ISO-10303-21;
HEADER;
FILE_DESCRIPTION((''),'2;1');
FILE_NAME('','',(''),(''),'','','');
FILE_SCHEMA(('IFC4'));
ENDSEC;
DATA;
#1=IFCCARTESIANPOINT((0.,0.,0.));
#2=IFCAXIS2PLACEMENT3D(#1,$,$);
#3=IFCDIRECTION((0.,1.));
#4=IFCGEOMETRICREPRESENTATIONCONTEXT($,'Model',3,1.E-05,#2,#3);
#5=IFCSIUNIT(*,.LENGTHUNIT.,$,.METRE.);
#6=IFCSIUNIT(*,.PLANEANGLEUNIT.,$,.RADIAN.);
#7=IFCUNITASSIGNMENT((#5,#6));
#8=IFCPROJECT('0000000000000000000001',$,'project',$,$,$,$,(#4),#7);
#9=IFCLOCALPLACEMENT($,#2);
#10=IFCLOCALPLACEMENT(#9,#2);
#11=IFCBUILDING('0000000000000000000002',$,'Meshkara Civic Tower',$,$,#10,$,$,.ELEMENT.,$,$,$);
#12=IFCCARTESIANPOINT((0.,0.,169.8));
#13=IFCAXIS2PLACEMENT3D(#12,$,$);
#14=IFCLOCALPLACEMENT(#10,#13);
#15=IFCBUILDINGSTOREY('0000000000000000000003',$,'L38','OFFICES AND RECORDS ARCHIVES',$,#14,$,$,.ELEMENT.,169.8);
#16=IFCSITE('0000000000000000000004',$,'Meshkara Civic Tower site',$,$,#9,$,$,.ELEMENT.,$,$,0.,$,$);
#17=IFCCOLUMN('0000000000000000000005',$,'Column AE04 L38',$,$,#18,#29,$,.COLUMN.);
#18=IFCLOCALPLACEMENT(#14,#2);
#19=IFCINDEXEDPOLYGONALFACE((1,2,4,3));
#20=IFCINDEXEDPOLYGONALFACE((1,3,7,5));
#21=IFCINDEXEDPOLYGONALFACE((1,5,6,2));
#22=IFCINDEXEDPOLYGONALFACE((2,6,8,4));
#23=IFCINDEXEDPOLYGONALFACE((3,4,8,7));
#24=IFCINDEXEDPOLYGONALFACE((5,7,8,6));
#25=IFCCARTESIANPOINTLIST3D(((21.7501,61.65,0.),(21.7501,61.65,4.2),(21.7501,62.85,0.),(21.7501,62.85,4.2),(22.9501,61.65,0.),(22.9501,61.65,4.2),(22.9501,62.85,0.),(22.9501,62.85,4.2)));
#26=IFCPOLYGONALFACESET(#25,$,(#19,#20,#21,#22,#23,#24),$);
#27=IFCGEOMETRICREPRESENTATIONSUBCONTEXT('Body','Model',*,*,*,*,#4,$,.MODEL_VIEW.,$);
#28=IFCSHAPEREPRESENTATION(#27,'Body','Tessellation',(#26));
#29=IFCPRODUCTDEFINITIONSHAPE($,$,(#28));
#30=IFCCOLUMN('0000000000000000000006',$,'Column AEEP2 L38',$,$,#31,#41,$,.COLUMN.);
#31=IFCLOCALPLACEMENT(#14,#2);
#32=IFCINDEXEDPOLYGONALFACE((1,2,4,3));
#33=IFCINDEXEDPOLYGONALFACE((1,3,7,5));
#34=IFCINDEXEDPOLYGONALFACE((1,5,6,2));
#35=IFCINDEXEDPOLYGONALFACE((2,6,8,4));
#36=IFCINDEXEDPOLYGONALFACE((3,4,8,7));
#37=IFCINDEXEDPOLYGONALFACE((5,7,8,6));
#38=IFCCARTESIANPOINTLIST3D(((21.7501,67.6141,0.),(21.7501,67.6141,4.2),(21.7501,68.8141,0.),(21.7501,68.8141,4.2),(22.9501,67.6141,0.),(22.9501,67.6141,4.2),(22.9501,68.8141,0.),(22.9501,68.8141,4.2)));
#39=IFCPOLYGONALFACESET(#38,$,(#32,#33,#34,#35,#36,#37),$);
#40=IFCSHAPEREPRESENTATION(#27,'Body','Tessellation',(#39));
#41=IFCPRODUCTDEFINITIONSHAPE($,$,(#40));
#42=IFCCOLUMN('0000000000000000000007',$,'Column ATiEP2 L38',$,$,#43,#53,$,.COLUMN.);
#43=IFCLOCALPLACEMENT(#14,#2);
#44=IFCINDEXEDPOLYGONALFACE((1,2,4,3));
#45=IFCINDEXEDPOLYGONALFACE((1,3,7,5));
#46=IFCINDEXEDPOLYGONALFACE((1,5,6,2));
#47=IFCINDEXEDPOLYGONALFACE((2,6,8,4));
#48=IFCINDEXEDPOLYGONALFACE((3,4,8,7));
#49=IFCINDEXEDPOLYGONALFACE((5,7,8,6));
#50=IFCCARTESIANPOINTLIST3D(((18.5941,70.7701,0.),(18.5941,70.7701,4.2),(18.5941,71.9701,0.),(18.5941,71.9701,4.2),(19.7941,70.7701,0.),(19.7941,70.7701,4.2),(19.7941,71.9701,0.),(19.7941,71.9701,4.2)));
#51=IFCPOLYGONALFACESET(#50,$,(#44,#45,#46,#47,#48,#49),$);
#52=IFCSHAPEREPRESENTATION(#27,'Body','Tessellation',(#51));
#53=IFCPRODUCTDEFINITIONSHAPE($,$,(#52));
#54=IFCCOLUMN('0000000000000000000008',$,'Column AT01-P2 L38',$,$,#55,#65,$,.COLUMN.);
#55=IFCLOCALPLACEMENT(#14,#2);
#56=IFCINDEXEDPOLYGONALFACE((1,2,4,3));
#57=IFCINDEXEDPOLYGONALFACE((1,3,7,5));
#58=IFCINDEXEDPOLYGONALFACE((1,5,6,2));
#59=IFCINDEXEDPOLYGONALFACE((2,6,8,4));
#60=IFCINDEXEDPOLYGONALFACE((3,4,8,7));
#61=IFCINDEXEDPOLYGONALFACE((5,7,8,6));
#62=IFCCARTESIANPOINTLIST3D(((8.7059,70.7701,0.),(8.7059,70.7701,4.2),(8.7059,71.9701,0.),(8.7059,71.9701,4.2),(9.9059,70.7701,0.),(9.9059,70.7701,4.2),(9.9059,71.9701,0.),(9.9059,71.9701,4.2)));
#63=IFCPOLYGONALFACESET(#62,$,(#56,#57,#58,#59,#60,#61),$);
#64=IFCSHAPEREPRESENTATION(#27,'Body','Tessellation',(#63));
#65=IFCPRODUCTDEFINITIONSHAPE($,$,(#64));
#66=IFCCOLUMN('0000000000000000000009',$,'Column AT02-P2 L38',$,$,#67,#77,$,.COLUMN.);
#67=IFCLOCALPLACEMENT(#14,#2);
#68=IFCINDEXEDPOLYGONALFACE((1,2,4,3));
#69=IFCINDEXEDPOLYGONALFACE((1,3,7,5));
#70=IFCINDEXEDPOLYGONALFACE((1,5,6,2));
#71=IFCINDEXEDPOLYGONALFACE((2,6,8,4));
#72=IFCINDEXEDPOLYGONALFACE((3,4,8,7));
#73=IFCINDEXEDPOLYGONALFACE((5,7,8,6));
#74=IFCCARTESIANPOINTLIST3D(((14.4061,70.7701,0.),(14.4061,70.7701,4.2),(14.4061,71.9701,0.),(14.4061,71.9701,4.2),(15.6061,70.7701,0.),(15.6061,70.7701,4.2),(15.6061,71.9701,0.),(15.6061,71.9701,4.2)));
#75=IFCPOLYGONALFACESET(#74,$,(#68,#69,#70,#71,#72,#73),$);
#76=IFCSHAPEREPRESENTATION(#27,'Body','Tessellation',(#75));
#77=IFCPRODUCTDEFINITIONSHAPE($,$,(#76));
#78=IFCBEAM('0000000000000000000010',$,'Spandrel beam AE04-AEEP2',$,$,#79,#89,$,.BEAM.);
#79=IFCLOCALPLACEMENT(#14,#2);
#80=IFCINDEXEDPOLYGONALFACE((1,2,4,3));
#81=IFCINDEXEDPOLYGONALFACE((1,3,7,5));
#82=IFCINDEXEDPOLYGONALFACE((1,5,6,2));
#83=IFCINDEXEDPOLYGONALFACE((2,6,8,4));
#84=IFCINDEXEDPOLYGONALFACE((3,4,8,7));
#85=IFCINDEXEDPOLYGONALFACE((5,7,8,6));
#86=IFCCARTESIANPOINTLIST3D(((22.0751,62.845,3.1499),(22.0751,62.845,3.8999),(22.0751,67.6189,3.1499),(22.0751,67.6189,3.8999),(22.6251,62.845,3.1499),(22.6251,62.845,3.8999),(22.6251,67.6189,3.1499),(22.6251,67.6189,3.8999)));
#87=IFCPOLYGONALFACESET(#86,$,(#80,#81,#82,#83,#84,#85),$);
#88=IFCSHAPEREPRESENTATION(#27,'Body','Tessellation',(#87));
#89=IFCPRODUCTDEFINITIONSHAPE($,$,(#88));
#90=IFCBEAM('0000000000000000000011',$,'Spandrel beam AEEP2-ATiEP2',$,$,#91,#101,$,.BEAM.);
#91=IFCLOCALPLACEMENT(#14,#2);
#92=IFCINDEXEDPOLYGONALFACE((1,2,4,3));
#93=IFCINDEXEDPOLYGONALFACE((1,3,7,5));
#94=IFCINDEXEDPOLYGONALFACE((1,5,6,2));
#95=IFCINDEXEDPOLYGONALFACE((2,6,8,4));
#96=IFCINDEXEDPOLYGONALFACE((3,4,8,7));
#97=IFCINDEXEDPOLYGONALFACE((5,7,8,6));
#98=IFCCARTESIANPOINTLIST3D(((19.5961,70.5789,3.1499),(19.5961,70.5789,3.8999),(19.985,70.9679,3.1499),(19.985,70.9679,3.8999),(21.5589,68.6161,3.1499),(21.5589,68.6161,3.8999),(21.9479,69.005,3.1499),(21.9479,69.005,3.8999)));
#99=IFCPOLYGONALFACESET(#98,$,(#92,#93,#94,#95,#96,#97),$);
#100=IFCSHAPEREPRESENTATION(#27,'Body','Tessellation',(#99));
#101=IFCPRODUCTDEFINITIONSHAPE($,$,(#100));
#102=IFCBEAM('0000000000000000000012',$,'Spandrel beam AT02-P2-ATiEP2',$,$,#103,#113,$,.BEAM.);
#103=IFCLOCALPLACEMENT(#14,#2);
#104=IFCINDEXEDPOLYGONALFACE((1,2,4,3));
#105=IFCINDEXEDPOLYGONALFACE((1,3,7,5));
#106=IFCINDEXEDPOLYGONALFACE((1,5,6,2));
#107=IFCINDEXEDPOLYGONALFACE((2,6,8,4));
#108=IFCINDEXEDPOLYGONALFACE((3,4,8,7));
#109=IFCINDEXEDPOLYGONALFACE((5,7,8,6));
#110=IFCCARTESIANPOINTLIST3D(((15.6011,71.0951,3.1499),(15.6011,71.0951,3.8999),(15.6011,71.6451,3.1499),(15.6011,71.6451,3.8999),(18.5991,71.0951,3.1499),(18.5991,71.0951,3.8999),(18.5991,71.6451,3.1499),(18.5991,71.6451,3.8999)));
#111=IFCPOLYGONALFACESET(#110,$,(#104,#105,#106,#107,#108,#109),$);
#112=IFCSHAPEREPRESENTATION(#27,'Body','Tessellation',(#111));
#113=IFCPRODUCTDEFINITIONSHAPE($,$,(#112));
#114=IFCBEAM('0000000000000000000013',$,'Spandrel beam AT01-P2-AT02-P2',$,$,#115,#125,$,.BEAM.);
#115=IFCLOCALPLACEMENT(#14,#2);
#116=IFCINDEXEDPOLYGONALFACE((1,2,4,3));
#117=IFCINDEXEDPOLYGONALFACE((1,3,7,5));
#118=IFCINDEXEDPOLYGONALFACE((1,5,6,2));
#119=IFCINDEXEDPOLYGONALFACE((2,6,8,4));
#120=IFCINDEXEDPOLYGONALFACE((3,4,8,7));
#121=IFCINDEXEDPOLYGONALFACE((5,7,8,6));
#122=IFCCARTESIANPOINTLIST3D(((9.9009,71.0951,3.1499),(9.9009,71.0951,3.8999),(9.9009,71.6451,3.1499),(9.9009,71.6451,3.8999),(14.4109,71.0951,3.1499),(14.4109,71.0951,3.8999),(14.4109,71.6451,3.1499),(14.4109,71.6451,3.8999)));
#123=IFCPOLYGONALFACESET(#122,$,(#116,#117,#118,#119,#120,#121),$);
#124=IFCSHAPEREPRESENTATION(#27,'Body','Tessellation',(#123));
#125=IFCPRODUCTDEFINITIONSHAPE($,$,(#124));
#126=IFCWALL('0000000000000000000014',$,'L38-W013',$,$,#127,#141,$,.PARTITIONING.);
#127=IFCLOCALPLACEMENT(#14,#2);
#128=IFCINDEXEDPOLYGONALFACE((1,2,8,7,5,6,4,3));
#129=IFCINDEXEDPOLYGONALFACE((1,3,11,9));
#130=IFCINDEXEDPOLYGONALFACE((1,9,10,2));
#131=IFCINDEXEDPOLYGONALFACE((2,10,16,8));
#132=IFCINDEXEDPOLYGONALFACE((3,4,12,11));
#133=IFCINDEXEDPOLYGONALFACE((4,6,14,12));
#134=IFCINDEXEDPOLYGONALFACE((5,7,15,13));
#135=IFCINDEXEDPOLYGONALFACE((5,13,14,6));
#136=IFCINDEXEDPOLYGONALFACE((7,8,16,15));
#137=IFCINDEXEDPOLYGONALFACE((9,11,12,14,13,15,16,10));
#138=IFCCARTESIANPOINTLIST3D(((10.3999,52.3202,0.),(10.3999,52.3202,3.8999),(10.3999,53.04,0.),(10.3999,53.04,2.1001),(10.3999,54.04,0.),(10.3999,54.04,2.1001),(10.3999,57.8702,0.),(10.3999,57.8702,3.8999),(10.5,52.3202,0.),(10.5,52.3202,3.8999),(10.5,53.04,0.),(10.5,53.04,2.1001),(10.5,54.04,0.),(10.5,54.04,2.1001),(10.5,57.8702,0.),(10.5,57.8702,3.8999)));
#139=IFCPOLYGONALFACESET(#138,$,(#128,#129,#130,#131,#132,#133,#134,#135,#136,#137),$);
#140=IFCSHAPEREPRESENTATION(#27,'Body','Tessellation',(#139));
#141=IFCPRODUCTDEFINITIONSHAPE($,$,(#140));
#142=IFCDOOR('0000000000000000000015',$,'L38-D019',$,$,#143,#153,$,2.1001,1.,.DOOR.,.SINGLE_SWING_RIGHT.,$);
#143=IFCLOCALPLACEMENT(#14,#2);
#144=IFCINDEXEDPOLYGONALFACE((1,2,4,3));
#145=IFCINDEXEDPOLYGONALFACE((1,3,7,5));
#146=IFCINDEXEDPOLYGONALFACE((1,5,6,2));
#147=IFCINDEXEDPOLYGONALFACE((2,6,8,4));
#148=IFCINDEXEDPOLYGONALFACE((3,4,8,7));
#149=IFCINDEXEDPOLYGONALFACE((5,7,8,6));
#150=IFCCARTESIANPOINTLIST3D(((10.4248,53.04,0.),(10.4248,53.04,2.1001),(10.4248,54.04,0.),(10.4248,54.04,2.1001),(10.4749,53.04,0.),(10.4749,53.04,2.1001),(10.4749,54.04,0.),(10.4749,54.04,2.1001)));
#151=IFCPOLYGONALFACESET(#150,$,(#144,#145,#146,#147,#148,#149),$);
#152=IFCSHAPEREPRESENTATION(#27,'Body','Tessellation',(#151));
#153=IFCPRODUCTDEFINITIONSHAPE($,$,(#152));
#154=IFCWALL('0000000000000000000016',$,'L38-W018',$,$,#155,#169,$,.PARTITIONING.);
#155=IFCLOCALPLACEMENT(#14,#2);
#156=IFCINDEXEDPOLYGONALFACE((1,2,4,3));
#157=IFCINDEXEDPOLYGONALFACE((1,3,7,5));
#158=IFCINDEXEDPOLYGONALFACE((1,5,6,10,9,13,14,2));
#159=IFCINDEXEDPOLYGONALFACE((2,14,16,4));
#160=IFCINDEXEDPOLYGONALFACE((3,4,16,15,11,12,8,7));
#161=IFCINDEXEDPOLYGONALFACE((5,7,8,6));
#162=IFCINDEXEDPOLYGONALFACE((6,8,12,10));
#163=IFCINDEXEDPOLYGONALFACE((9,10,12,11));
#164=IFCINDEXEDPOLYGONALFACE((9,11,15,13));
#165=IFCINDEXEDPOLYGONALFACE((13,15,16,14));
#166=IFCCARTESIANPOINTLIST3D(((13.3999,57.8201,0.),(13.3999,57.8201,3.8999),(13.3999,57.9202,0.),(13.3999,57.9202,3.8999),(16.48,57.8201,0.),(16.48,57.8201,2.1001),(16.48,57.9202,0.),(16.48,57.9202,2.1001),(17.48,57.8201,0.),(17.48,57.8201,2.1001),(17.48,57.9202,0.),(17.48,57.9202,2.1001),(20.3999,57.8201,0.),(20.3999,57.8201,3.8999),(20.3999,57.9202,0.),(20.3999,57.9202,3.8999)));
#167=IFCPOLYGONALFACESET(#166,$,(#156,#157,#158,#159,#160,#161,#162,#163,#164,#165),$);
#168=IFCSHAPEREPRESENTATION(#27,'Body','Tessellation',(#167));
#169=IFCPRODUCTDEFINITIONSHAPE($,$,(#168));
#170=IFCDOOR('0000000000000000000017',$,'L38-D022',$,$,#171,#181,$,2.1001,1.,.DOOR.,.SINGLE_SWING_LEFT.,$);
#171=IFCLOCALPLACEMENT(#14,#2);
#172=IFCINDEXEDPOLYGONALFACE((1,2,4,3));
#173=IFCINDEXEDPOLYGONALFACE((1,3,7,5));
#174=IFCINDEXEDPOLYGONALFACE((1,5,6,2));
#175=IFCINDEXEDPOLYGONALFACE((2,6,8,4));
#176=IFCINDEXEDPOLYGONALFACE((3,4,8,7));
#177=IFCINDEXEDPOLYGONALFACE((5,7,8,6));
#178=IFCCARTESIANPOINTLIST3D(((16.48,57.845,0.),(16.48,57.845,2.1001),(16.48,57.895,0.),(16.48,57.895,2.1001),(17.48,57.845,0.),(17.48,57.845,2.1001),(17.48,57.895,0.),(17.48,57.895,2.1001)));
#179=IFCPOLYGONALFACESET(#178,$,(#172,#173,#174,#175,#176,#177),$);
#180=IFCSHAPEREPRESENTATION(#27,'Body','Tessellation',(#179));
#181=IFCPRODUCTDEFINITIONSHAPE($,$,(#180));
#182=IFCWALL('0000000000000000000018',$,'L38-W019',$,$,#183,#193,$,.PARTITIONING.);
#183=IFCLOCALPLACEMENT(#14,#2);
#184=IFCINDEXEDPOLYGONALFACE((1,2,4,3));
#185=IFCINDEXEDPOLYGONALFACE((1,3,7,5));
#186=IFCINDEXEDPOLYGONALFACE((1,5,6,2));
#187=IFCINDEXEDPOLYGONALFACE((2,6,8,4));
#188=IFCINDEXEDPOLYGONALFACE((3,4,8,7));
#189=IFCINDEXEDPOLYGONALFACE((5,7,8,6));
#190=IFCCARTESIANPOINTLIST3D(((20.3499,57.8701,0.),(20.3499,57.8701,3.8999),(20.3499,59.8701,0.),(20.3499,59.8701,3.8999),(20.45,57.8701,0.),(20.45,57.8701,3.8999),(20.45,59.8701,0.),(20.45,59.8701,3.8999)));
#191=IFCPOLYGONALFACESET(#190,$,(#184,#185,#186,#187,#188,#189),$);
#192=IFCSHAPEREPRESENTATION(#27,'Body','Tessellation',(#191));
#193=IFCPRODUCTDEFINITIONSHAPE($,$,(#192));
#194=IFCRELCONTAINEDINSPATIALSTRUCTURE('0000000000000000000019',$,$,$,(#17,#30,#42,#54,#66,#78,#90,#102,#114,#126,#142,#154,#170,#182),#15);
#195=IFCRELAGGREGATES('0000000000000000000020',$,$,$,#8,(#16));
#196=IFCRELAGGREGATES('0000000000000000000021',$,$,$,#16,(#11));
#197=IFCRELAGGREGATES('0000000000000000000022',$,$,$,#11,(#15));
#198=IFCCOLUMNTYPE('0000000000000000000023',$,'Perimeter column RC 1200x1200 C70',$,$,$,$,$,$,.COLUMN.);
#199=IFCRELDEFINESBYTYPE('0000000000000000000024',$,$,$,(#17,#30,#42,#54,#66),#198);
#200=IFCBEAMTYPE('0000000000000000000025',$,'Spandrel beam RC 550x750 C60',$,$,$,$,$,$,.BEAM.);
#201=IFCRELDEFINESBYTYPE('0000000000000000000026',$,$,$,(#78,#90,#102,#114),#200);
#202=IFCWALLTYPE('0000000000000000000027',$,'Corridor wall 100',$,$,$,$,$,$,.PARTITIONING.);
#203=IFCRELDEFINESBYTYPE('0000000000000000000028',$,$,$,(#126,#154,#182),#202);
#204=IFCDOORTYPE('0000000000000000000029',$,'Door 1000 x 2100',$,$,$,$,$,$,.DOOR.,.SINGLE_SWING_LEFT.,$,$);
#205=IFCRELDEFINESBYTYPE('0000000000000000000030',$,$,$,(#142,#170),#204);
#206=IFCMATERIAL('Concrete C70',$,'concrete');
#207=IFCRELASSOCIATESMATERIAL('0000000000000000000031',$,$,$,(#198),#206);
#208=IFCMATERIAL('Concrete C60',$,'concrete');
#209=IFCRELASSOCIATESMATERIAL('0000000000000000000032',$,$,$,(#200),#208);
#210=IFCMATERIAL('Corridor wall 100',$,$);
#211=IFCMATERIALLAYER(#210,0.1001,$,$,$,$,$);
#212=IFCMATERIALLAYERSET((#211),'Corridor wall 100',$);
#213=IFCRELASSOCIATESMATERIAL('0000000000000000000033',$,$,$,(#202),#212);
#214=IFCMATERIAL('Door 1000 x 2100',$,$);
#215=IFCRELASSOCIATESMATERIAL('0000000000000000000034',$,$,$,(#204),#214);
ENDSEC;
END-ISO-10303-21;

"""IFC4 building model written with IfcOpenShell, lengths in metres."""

from ifc_helpers import new_model, si_unit, direction, frame, frame_2d, origin, origin_2d, place, context, subcontext, project, spatial, rectangle, extrude, material, layer, layer_set, material_profile, profile_set, type_object, element, fill, save


model = new_model("IFC4")

# Units and contexts
model_context = context("Model", 3, precision=1e-05, world=origin(), true_north=direction((0.0, 1.0)))
body_context = subcontext(model_context, "Body", "Model", "MODEL_VIEW")
ifc_project = project(units=[si_unit("LENGTHUNIT", "METRE"), si_unit("PLANEANGLEUNIT", "RADIAN")], contexts=[model_context])

# Site, building, storey
site_placement = place(None, origin())
site = spatial("IfcSite", under=ifc_project, at=site_placement, Name="Meshkara Civic Tower site", CompositionType="ELEMENT", RefElevation=0.0)
building_placement = place(site_placement, origin())
building = spatial("IfcBuilding", under=site, at=building_placement, Name="Meshkara Civic Tower", CompositionType="ELEMENT")
storey_placement = place(building_placement, frame((0.0, 0.0, 169.8)))
storey = spatial("IfcBuildingStorey", under=building, at=storey_placement, Name="L38", Description="OFFICES AND RECORDS ARCHIVES", CompositionType="ELEMENT", Elevation=169.8)

# Columns
ifc_material_1 = material(Name="Concrete C70", Category="concrete")
ifc_material_profile_1 = material_profile(ifc_material_1, rectangle(XDim=1.2, YDim=1.2, at=origin_2d()))
ifc_profile_set_1 = profile_set([ifc_material_profile_1], Name="Concrete C70")
column_type = type_object("IfcColumnType", Name="Perimeter column RC 1200x1200 C70", PredefinedType="COLUMN", material=ifc_profile_set_1)
for number, where, z_axis, x_axis, name in (
    (1, (22.3501, 62.25, 0.0), (0.0, 0.0, 1.0), (1.0, 0.0, 0.0), "Column AE04 L38"),
    (2, (22.3501, 68.2141, 0.0), (0.0, 0.0, 1.0), (1.0, 0.0, 0.0), "Column AEEP2 L38"),
    (3, (19.1941, 71.3701, 0.0), (0.0, 0.0, 1.0), (1.0, 0.0, 0.0), "Column ATiEP2 L38"),
    (4, (9.3059, 71.3701, 0.0), (0.0, 0.0, 1.0), (1.0, 0.0, 0.0), "Column AT01-P2 L38"),
    (5, (15.0061, 71.3701, 0.0), (0.0, 0.0, 1.0), (1.0, 0.0, 0.0), "Column AT02-P2 L38"),
):
    element("IfcColumn", number, at=place(storey_placement, frame(where, z_axis=z_axis, x_axis=x_axis)), inside=storey, type_object=column_type, Name=name, PredefinedType="COLUMN", context=body_context, shape_type="SweptSolid", body=[
        extrude(rectangle(XDim=1.2, YDim=1.2, at=origin_2d()), origin(), (0.0, 0.0, 1.0), 4.2),
    ])

# Beams
ifc_material_2 = material(Name="Concrete C60", Category="concrete")
ifc_material_profile_2 = material_profile(ifc_material_2, rectangle(XDim=0.55, YDim=0.75, at=origin_2d()))
ifc_profile_set_2 = profile_set([ifc_material_profile_2], Name="Concrete C60")
beam_type = type_object("IfcBeamType", Name="Spandrel beam RC 550x750 C60", PredefinedType="BEAM", material=ifc_profile_set_2)
beam_1_placement = place(storey_placement, frame((22.3501, 62.845, 3.5249), z_axis=(0.0, 1.0, 0.0), x_axis=(-1.0, 0.0, 0.0)))
element("IfcBeam", 6, at=beam_1_placement, inside=storey, type_object=beam_type, Name="Spandrel beam AE04-AEEP2", PredefinedType="BEAM", context=body_context, shape_type="SweptSolid", body=[
    extrude(rectangle(XDim=0.55, YDim=0.75, at=origin_2d()), origin(), (0.0, 0.0, 1.0), 4.7739),
])
beam_2_placement = place(storey_placement, frame((21.7534, 68.8105, 3.5249), z_axis=(-0.707107, 0.707107, 0.0), x_axis=(-0.707107, -0.707107, 0.0)))
element("IfcBeam", 7, at=beam_2_placement, inside=storey, type_object=beam_type, Name="Spandrel beam AEEP2-ATiEP2", PredefinedType="BEAM", context=body_context, shape_type="SweptSolid", body=[
    extrude(rectangle(XDim=0.55, YDim=0.75, at=origin_2d()), origin(), (0.0, 0.0, 1.0), 2.7759),
])
beam_3_placement = place(storey_placement, frame((18.5991, 71.3701, 3.5249), z_axis=(-1.0, 0.0, 0.0), x_axis=(0.0, -1.0, 0.0)))
element("IfcBeam", 8, at=beam_3_placement, inside=storey, type_object=beam_type, Name="Spandrel beam AT02-P2-ATiEP2", PredefinedType="BEAM", context=body_context, shape_type="SweptSolid", body=[
    extrude(rectangle(XDim=0.55, YDim=0.75, at=origin_2d()), origin(), (0.0, 0.0, 1.0), 2.998),
])
beam_4_placement = place(storey_placement, frame((14.4109, 71.3701, 3.5249), z_axis=(-1.0, 0.0, 0.0), x_axis=(0.0, -1.0, 0.0)))
element("IfcBeam", 9, at=beam_4_placement, inside=storey, type_object=beam_type, Name="Spandrel beam AT01-P2-AT02-P2", PredefinedType="BEAM", context=body_context, shape_type="SweptSolid", body=[
    extrude(rectangle(XDim=0.55, YDim=0.75, at=origin_2d()), origin(), (0.0, 0.0, 1.0), 4.51),
])

# Walls, openings, doors
ifc_material_3 = material(Name="Corridor wall 100")
ifc_layer_1 = layer(ifc_material_3, 0.1001)
ifc_layer_set_1 = layer_set([ifc_layer_1], Name="Corridor wall 100")
wall_type_1 = type_object("IfcWallType", Name="Corridor wall 100", PredefinedType="PARTITIONING", material=ifc_layer_set_1)
wall_1_placement = place(storey_placement, frame((10.45, 57.8701, 0.0), z_axis=(0.0, 0.0, 1.0), x_axis=(0.0, -1.0, 0.0)))
wall_1 = element("IfcWall", 10, at=wall_1_placement, inside=storey, type_object=wall_type_1, Name="L38-W013", PredefinedType="PARTITIONING", context=body_context, shape_type="SweptSolid", body=[
    extrude(rectangle(XDim=5.55, YDim=0.1001, at=frame_2d((2.7749, 0.0))), origin(), (0.0, 0.0, 1.0), 3.8999),
])
opening_1_placement = place(wall_1_placement, frame((3.8301, 0.0, 0.0)))
opening_1 = element("IfcOpeningElement", 11, at=opening_1_placement, cuts=wall_1, PredefinedType="OPENING", context=body_context, shape_type="SweptSolid", body=[
    extrude(rectangle(XDim=1.0, YDim=2.1001, at=frame_2d((0.5, 1.05))), frame((0.0, 0.0601, 0.0), z_axis=(0.0, -1.0, 0.0), x_axis=(1.0, 0.0, 0.0)), (0.0, 0.0, 1.0), 0.1201),
])
ifc_material_4 = material(Name="Door 1000 x 2100")
door_type_1 = type_object("IfcDoorType", Name="Door 1000 x 2100", OperationType="SINGLE_SWING_LEFT", PredefinedType="DOOR", material=ifc_material_4)
door_1_placement = place(opening_1_placement, origin())
door_1 = element("IfcDoor", 12, at=door_1_placement, inside=storey, type_object=door_type_1, Name="L38-D019", OperationType="SINGLE_SWING_RIGHT", OverallHeight=2.1001, OverallWidth=1.0, PredefinedType="DOOR", context=body_context, shape_type="SweptSolid", body=[
    extrude(rectangle(XDim=1.0, YDim=2.1001, at=frame_2d((0.5, 1.05))), frame((0.0, 0.0249, 0.0), z_axis=(0.0, -1.0, 0.0), x_axis=(1.0, 0.0, 0.0)), (0.0, 0.0, 1.0), 0.05),
])
fill(opening_1, door_1)
wall_2_placement = place(storey_placement, frame((13.3999, 57.8701, 0.0), z_axis=(0.0, 0.0, 1.0), x_axis=(1.0, 0.0, 0.0)))
wall_2 = element("IfcWall", 13, at=wall_2_placement, inside=storey, type_object=wall_type_1, Name="L38-W018", PredefinedType="PARTITIONING", context=body_context, shape_type="SweptSolid", body=[
    extrude(rectangle(XDim=7.0, YDim=0.1001, at=frame_2d((3.5, 0.0))), origin(), (0.0, 0.0, 1.0), 3.8999),
])
opening_2_placement = place(wall_2_placement, frame((3.0801, 0.0, 0.0)))
opening_2 = element("IfcOpeningElement", 14, at=opening_2_placement, cuts=wall_2, PredefinedType="OPENING", context=body_context, shape_type="SweptSolid", body=[
    extrude(rectangle(XDim=1.0, YDim=2.1001, at=frame_2d((0.5, 1.05))), frame((0.0, 0.0601, 0.0), z_axis=(0.0, -1.0, 0.0), x_axis=(1.0, 0.0, 0.0)), (0.0, 0.0, 1.0), 0.1201),
])
door_2_placement = place(opening_2_placement, origin())
door_2 = element("IfcDoor", 15, at=door_2_placement, inside=storey, type_object=door_type_1, Name="L38-D022", OperationType="SINGLE_SWING_LEFT", OverallHeight=2.1001, OverallWidth=1.0, PredefinedType="DOOR", context=body_context, shape_type="SweptSolid", body=[
    extrude(rectangle(XDim=1.0, YDim=2.1001, at=frame_2d((0.5, 1.05))), frame((0.0, 0.0249, 0.0), z_axis=(0.0, -1.0, 0.0), x_axis=(1.0, 0.0, 0.0)), (0.0, 0.0, 1.0), 0.05),
])
fill(opening_2, door_2)

# Wall
wall_3_placement = place(storey_placement, frame((20.3999, 57.8701, 0.0), z_axis=(0.0, 0.0, 1.0), x_axis=(0.0, 1.0, 0.0)))
element("IfcWall", 16, at=wall_3_placement, inside=storey, type_object=wall_type_1, Name="L38-W019", PredefinedType="PARTITIONING", context=body_context, shape_type="SweptSolid", body=[
    extrude(rectangle(XDim=2.0, YDim=0.1001, at=frame_2d((1.0, 0.0))), origin(), (0.0, 0.0, 1.0), 3.8999),
])

save(model, "model.ifc")
